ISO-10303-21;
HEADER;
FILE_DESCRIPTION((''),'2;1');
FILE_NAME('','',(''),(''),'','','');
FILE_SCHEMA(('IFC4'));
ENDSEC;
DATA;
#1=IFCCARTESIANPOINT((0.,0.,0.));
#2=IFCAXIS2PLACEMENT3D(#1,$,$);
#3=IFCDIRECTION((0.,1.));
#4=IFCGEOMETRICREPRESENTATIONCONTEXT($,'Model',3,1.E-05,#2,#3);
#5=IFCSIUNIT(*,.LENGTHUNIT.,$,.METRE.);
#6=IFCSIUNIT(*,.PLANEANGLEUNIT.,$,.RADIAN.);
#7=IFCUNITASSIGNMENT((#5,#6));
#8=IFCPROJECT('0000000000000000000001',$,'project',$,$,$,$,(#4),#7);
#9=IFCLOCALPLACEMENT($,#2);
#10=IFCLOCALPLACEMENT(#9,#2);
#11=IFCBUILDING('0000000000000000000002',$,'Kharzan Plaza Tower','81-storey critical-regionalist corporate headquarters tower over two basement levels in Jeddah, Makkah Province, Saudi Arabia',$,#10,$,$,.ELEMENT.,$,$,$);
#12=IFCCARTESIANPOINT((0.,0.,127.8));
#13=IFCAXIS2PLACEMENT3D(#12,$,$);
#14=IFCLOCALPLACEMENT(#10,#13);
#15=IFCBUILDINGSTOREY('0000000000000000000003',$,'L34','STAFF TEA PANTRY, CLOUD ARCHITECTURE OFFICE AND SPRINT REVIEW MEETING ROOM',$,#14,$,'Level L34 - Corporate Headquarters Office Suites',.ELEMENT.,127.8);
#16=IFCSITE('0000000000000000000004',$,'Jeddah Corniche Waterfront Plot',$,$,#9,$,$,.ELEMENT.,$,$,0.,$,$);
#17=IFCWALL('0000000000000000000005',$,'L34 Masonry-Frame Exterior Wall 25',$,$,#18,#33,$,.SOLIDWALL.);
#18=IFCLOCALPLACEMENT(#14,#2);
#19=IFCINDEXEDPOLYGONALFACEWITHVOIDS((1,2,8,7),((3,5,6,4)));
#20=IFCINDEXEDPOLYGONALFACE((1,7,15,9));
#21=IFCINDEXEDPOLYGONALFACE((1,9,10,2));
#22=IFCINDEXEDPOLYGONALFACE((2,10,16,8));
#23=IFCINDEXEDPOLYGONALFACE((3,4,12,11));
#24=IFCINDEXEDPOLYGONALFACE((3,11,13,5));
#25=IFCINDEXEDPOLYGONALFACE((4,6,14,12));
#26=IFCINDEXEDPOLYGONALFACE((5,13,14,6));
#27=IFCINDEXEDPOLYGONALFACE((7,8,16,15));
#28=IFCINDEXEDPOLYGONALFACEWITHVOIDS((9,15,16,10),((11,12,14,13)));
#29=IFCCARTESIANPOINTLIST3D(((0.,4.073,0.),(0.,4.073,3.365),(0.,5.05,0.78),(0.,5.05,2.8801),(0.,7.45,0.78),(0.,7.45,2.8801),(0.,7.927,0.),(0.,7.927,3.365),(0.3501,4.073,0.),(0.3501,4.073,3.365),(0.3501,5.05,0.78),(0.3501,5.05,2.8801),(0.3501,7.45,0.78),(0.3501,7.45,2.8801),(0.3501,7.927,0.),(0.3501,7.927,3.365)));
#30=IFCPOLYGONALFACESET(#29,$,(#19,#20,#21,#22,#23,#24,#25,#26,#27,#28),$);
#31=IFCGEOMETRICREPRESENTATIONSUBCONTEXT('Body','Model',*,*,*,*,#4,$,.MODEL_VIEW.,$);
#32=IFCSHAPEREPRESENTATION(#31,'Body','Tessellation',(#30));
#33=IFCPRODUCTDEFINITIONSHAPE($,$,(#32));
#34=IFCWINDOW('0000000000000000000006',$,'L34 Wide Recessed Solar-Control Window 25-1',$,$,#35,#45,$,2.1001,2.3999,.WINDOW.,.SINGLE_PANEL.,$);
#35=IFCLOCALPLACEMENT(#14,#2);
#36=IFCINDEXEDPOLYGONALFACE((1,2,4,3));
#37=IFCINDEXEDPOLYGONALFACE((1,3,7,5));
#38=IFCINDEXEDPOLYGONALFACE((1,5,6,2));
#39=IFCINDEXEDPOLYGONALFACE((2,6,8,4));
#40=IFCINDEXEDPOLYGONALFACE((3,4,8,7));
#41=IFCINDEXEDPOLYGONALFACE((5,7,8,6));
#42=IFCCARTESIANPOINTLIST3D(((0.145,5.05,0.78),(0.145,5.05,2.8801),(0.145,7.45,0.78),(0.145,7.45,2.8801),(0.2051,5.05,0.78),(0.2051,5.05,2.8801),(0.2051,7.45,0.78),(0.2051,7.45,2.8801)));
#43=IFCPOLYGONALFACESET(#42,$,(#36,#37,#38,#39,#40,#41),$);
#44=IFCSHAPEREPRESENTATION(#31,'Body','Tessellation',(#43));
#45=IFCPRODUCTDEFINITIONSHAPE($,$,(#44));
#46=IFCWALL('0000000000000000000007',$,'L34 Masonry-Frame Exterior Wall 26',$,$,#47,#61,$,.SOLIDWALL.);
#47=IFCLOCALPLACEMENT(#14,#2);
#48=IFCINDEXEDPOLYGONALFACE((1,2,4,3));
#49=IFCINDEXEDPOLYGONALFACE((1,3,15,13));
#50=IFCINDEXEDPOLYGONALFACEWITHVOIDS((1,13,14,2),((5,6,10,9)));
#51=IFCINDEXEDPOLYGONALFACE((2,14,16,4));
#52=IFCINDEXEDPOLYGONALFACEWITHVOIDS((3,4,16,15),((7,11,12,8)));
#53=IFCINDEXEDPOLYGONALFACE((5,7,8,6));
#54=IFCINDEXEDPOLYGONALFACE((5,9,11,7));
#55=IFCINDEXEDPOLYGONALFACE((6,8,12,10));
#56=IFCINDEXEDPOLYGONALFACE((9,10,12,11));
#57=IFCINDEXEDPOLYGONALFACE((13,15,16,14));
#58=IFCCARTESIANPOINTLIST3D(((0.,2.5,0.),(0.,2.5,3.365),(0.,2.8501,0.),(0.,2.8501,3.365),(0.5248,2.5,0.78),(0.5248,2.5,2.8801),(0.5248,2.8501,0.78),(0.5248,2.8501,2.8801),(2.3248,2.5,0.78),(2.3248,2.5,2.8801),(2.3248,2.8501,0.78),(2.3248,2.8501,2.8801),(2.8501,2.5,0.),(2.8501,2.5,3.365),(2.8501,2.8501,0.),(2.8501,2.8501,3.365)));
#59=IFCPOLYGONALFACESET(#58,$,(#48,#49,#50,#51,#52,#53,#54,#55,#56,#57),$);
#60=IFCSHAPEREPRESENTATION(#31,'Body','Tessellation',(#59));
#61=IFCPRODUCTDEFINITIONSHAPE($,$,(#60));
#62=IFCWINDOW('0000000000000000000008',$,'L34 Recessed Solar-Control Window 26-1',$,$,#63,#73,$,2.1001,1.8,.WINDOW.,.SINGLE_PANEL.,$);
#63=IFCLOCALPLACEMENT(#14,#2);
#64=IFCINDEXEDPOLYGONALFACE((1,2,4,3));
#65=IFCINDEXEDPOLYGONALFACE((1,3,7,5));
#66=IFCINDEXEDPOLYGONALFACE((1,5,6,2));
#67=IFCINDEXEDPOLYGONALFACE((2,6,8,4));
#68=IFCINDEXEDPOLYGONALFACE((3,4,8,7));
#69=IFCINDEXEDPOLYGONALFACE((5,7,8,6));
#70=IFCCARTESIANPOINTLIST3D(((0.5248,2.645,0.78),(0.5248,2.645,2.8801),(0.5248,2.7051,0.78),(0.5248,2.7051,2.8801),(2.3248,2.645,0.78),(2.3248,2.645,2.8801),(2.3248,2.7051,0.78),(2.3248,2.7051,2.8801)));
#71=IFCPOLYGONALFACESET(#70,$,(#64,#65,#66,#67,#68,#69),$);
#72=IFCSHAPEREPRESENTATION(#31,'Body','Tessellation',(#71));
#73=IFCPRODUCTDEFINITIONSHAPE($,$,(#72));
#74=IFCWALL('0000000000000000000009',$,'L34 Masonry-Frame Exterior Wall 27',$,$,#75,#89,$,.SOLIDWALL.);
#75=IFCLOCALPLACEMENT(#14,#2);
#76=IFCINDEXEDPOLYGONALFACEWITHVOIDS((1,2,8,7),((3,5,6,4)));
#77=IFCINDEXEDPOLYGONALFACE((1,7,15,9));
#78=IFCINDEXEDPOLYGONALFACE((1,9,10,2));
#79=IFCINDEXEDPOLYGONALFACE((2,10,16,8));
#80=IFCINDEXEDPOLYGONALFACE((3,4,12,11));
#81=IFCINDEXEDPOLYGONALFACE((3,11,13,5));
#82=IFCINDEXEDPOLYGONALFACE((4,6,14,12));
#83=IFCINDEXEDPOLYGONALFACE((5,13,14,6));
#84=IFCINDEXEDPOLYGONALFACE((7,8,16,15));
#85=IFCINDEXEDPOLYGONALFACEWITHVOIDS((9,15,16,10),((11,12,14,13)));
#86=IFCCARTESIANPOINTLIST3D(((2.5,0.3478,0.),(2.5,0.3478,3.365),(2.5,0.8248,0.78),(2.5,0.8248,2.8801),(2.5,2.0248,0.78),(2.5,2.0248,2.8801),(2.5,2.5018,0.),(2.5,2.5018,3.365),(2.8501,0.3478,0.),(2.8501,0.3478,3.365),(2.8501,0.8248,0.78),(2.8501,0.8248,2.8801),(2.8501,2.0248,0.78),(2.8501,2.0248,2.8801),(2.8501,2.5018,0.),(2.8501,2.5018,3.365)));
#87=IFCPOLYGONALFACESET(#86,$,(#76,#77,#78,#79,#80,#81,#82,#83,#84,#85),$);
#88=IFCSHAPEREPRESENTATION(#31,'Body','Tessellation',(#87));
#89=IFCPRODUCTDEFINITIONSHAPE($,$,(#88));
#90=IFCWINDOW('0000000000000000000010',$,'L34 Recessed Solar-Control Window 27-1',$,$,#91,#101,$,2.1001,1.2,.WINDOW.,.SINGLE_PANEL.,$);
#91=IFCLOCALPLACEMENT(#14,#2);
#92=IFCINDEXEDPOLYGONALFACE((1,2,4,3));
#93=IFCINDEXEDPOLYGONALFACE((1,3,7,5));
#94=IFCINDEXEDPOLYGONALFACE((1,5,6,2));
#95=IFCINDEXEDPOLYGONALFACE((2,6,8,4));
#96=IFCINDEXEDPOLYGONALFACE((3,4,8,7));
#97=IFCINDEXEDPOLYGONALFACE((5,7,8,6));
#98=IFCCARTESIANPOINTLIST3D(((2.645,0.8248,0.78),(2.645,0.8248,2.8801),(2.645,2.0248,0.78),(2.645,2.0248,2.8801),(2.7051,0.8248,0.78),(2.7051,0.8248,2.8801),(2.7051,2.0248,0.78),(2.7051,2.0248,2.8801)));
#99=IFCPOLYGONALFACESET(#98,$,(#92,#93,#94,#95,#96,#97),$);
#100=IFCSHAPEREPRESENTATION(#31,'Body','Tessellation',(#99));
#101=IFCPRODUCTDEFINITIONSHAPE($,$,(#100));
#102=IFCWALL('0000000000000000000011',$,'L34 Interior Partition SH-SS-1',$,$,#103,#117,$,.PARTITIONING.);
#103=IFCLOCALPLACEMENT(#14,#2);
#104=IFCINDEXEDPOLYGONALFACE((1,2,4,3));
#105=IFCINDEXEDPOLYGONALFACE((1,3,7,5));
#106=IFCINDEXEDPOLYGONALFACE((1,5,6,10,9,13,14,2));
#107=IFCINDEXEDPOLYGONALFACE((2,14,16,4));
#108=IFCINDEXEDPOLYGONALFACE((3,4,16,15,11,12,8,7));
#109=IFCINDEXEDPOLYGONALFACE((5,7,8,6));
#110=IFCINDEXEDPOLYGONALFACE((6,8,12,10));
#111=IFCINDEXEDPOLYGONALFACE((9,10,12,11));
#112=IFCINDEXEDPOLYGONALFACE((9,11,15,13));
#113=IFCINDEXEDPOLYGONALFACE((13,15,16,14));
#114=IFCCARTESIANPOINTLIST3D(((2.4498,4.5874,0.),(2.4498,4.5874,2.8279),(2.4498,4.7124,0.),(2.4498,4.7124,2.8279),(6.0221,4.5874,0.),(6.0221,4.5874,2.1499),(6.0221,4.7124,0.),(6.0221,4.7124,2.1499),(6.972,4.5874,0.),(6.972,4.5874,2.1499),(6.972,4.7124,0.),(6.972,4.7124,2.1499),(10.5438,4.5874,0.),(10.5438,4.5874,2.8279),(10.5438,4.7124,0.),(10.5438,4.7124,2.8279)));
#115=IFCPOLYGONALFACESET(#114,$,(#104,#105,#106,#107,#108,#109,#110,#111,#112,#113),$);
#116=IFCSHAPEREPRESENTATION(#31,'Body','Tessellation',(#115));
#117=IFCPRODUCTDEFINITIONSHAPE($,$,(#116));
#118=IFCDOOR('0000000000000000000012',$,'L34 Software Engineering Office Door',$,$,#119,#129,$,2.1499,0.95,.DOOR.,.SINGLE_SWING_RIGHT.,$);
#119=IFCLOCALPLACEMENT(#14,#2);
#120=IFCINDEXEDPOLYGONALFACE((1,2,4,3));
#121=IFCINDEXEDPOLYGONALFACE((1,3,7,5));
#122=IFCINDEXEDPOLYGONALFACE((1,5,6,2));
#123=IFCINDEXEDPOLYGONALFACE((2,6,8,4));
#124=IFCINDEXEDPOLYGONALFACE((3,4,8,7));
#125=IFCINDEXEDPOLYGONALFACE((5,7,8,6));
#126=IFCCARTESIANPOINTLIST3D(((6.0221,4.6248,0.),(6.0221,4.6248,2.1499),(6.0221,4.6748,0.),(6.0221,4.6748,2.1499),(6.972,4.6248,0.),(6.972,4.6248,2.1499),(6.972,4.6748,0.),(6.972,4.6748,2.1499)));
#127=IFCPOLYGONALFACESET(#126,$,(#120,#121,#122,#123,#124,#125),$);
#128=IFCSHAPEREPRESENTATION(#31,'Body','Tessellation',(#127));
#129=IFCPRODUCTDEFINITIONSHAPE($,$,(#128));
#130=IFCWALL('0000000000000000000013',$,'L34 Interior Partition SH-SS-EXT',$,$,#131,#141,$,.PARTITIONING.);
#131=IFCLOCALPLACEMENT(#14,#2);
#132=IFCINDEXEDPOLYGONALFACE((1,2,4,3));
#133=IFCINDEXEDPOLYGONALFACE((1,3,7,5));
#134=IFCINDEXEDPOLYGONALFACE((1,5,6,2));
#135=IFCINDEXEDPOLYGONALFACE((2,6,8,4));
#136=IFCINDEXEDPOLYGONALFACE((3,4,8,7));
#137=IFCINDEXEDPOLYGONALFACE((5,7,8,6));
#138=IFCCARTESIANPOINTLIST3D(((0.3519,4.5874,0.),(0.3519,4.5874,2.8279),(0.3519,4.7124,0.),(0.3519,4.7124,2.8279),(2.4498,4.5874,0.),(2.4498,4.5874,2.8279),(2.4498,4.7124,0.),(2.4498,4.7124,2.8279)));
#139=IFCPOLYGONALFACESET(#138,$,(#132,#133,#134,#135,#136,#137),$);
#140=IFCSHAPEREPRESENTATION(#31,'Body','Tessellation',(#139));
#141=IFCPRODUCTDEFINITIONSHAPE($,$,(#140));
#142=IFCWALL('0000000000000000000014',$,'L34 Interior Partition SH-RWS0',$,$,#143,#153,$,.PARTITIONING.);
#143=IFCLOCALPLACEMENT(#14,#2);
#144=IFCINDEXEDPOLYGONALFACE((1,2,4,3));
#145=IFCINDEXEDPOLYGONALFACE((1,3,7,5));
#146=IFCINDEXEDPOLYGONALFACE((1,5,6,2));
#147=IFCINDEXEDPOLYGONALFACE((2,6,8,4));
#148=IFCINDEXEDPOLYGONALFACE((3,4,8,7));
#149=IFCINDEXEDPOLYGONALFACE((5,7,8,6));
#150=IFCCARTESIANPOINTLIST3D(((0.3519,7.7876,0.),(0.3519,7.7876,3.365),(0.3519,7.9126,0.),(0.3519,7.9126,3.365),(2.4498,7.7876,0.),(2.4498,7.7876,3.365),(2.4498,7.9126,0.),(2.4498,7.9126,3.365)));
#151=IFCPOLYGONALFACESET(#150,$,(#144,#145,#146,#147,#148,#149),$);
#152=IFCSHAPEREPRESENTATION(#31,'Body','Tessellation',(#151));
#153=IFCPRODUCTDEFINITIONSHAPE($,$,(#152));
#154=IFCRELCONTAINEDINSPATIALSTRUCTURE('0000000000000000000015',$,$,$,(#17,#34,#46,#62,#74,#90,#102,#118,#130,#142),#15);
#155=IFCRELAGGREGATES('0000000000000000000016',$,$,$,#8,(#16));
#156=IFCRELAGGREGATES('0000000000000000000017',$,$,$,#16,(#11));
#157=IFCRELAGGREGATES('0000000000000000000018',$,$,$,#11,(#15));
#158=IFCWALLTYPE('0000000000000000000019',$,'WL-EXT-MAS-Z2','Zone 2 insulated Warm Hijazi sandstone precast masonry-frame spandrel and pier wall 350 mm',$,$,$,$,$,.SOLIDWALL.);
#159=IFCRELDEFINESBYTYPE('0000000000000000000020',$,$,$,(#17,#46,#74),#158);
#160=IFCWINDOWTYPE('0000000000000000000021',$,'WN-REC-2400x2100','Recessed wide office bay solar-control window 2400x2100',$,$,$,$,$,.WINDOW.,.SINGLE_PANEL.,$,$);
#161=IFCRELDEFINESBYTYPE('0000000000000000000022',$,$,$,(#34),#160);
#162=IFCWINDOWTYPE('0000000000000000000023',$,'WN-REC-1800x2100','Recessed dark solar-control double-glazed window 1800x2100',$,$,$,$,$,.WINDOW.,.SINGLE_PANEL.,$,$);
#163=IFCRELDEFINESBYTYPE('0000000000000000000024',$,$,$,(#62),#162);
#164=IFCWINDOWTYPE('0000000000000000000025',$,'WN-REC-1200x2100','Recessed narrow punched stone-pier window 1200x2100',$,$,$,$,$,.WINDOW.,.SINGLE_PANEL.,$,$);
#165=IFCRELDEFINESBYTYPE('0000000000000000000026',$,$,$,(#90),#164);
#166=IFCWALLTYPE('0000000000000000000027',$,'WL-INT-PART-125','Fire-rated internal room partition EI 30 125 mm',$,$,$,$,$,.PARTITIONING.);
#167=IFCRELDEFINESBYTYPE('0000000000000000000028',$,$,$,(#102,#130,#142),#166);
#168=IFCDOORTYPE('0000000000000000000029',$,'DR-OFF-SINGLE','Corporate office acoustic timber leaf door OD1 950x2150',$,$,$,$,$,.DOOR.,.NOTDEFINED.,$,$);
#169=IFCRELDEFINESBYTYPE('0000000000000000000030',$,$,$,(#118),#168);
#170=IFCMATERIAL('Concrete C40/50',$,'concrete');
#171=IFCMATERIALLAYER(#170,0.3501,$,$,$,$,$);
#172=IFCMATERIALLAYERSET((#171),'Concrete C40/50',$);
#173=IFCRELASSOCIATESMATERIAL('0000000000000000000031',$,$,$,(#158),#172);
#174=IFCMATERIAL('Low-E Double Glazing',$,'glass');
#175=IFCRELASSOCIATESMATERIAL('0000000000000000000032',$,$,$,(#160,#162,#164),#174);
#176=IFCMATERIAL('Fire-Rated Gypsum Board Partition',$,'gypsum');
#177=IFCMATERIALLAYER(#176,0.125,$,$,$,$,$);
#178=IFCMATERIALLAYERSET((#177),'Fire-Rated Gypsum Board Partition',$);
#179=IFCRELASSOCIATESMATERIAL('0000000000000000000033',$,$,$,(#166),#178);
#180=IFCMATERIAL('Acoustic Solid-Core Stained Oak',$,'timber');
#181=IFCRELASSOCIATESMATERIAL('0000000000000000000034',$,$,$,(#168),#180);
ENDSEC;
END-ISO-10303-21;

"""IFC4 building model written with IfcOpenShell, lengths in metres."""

from ifc_helpers import new_model, si_unit, direction, frame, frame_2d, origin, place, context, subcontext, project, spatial, rectangle, extrude, source, transform, mapped, material, layer, layer_set, type_object, element, fill, save


model = new_model("IFC4")

# Units and contexts
model_context = context("Model", 3, precision=1e-05, world=origin(), true_north=direction((0.0, 1.0)))
body_context = subcontext(model_context, "Body", "Model", "MODEL_VIEW")
ifc_project = project(units=[si_unit("LENGTHUNIT", "METRE"), si_unit("PLANEANGLEUNIT", "RADIAN")], contexts=[model_context])

# Site, building, storey
site_placement = place(None, origin())
site = spatial("IfcSite", under=ifc_project, at=site_placement, Name="Jeddah Corniche Waterfront Plot", CompositionType="ELEMENT", RefElevation=0.0)
building_placement = place(site_placement, origin())
building = spatial("IfcBuilding", under=site, at=building_placement, Name="Kharzan Plaza Tower", Description="81-storey critical-regionalist corporate headquarters tower over two basement levels in Jeddah, Makkah Province, Saudi Arabia", CompositionType="ELEMENT")
storey_placement = place(building_placement, frame((0.0, 0.0, 127.8)))
storey = spatial("IfcBuildingStorey", under=building, at=storey_placement, Name="L34", Description="STAFF TEA PANTRY, CLOUD ARCHITECTURE OFFICE AND SPRINT REVIEW MEETING ROOM", LongName="Level L34 - Corporate Headquarters Office Suites", CompositionType="ELEMENT", Elevation=127.8)

# Shared definitions
ifc_material_1 = material(Name="Concrete C40/50", Category="concrete")

# Walls, openings, windows
ifc_layer_1 = layer(ifc_material_1, 0.3501)
ifc_layer_set_1 = layer_set([ifc_layer_1], Name="Concrete C40/50")
wall_type_1 = type_object("IfcWallType", Name="WL-EXT-MAS-Z2", Description="Zone 2 insulated Warm Hijazi sandstone precast masonry-frame spandrel and pier wall 350 mm", PredefinedType="SOLIDWALL", material=ifc_layer_set_1)
wall_1_placement = place(storey_placement, frame((0.175, 7.927, 0.0), z_axis=(0.0, 0.0, 1.0), x_axis=(0.0, -1.0, 0.0)))
wall_1 = element("IfcWall", 1, at=wall_1_placement, inside=storey, type_object=wall_type_1, Name="L34 Masonry-Frame Exterior Wall 25", PredefinedType="SOLIDWALL", context=body_context, shape_type="SweptSolid", body=[
    extrude(rectangle(XDim=3.854, YDim=0.3501, at=frame_2d((1.927, 0.0))), origin(), (0.0, 0.0, 1.0), 3.365),
])
opening_1_placement = place(wall_1_placement, frame((0.4771, 0.0, 0.78)))
opening_1 = element("IfcOpeningElement", 2, at=opening_1_placement, cuts=wall_1, PredefinedType="OPENING", context=body_context, shape_type="SweptSolid", body=[
    extrude(rectangle(XDim=2.3999, YDim=2.1001, at=frame_2d((1.2, 1.05))), frame((0.0, 0.1851, 0.0), z_axis=(0.0, -1.0, 0.0), x_axis=(1.0, 0.0, 0.0)), (0.0, 0.0, 1.0), 0.3701),
])
ifc_material_2 = material(Name="Low-E Double Glazing", Category="glass")
window_type_1 = type_object("IfcWindowType", Name="WN-REC-2400x2100", Description="Recessed wide office bay solar-control window 2400x2100", PartitioningType="SINGLE_PANEL", PredefinedType="WINDOW", material=ifc_material_2)
shared_shape_1 = source(origin(), body_context, "Body", "SweptSolid", [
    extrude(rectangle(XDim=2.3999, YDim=2.1001, at=frame_2d((1.2, 1.05))), frame((0.0, 0.03, 0.0), z_axis=(0.0, -1.0, 0.0), x_axis=(1.0, 0.0, 0.0)), (0.0, 0.0, 1.0), 0.0601),
])
window_1_placement = place(opening_1_placement, origin())
window_1 = element("IfcWindow", 3, at=window_1_placement, inside=storey, type_object=window_type_1, Name="L34 Wide Recessed Solar-Control Window 25-1", OverallHeight=2.1001, OverallWidth=2.3999, PartitioningType="SINGLE_PANEL", PredefinedType="WINDOW", context=body_context, shape_type="MappedRepresentation", body=[
    mapped(shared_shape_1, transform((0.0, 0.0, 0.0), x_axis=(1.0, 0.0, 0.0), y_axis=(0.0, 1.0, 0.0), z_axis=(0.0, 0.0, 1.0))),
])
fill(opening_1, window_1)
wall_2_placement = place(storey_placement, frame((0.0, 2.675, 0.0), z_axis=(0.0, 0.0, 1.0), x_axis=(1.0, 0.0, 0.0)))
wall_2 = element("IfcWall", 4, at=wall_2_placement, inside=storey, type_object=wall_type_1, Name="L34 Masonry-Frame Exterior Wall 26", PredefinedType="SOLIDWALL", context=body_context, shape_type="SweptSolid", body=[
    extrude(rectangle(XDim=2.8501, YDim=0.3501, at=frame_2d((1.425, 0.0))), origin(), (0.0, 0.0, 1.0), 3.365),
])
opening_2_placement = place(wall_2_placement, frame((0.5249, 0.0, 0.78)))
opening_2 = element("IfcOpeningElement", 5, at=opening_2_placement, cuts=wall_2, PredefinedType="OPENING", context=body_context, shape_type="SweptSolid", body=[
    extrude(rectangle(XDim=1.8, YDim=2.1001, at=frame_2d((0.8999, 1.05))), frame((0.0, 0.1851, 0.0), z_axis=(0.0, -1.0, 0.0), x_axis=(1.0, 0.0, 0.0)), (0.0, 0.0, 1.0), 0.3701),
])
window_type_2 = type_object("IfcWindowType", Name="WN-REC-1800x2100", Description="Recessed dark solar-control double-glazed window 1800x2100", PartitioningType="SINGLE_PANEL", PredefinedType="WINDOW", material=ifc_material_2)
shared_shape_2 = source(origin(), body_context, "Body", "SweptSolid", [
    extrude(rectangle(XDim=1.8, YDim=2.1001, at=frame_2d((0.8999, 1.05))), frame((0.0, 0.03, 0.0), z_axis=(0.0, -1.0, 0.0), x_axis=(1.0, 0.0, 0.0)), (0.0, 0.0, 1.0), 0.0601),
])
window_2_placement = place(opening_2_placement, origin())
window_2 = element("IfcWindow", 6, at=window_2_placement, inside=storey, type_object=window_type_2, Name="L34 Recessed Solar-Control Window 26-1", OverallHeight=2.1001, OverallWidth=1.8, PartitioningType="SINGLE_PANEL", PredefinedType="WINDOW", context=body_context, shape_type="MappedRepresentation", body=[
    mapped(shared_shape_2, transform((0.0, 0.0, 0.0), x_axis=(1.0, 0.0, 0.0), y_axis=(0.0, 1.0, 0.0), z_axis=(0.0, 0.0, 1.0))),
])
fill(opening_2, window_2)
wall_3_placement = place(storey_placement, frame((2.675, 2.502, 0.0), z_axis=(0.0, 0.0, 1.0), x_axis=(0.0, -1.0, 0.0)))
wall_3 = element("IfcWall", 7, at=wall_3_placement, inside=storey, type_object=wall_type_1, Name="L34 Masonry-Frame Exterior Wall 27", PredefinedType="SOLIDWALL", context=body_context, shape_type="SweptSolid", body=[
    extrude(rectangle(XDim=2.1541, YDim=0.3501, at=frame_2d((1.0771, 0.0))), origin(), (0.0, 0.0, 1.0), 3.365),
])
opening_3_placement = place(wall_3_placement, frame((0.4771, 0.0, 0.78)))
opening_3 = element("IfcOpeningElement", 8, at=opening_3_placement, cuts=wall_3, PredefinedType="OPENING", context=body_context, shape_type="SweptSolid", body=[
    extrude(rectangle(XDim=1.2, YDim=2.1001, at=frame_2d((0.6001, 1.05))), frame((0.0, 0.1851, 0.0), z_axis=(0.0, -1.0, 0.0), x_axis=(1.0, 0.0, 0.0)), (0.0, 0.0, 1.0), 0.3701),
])
window_type_3 = type_object("IfcWindowType", Name="WN-REC-1200x2100", Description="Recessed narrow punched stone-pier window 1200x2100", PartitioningType="SINGLE_PANEL", PredefinedType="WINDOW", material=ifc_material_2)
shared_shape_3 = source(origin(), body_context, "Body", "SweptSolid", [
    extrude(rectangle(XDim=1.2, YDim=2.1001, at=frame_2d((0.6001, 1.05))), frame((0.0, 0.03, 0.0), z_axis=(0.0, -1.0, 0.0), x_axis=(1.0, 0.0, 0.0)), (0.0, 0.0, 1.0), 0.0601),
])
window_3_placement = place(opening_3_placement, origin())
window_3 = element("IfcWindow", 9, at=window_3_placement, inside=storey, type_object=window_type_3, Name="L34 Recessed Solar-Control Window 27-1", OverallHeight=2.1001, OverallWidth=1.2, PartitioningType="SINGLE_PANEL", PredefinedType="WINDOW", context=body_context, shape_type="MappedRepresentation", body=[
    mapped(shared_shape_3, transform((0.0, 0.0, 0.0), x_axis=(1.0, 0.0, 0.0), y_axis=(0.0, 1.0, 0.0), z_axis=(0.0, 0.0, 1.0))),
])
fill(opening_3, window_3)

# Wall, opening, door
ifc_material_3 = material(Name="Fire-Rated Gypsum Board Partition", Category="gypsum")
ifc_layer_2 = layer(ifc_material_3, 0.125)
ifc_layer_set_2 = layer_set([ifc_layer_2], Name="Fire-Rated Gypsum Board Partition")
wall_type_2 = type_object("IfcWallType", Name="WL-INT-PART-125", Description="Fire-rated internal room partition EI 30 125 mm", PredefinedType="PARTITIONING", material=ifc_layer_set_2)
ifc_material_4 = material(Name="Acoustic Solid-Core Stained Oak", Category="timber")
door_type = type_object("IfcDoorType", Name="DR-OFF-SINGLE", Description="Corporate office acoustic timber leaf door OD1 950x2150", OperationType="NOTDEFINED", PredefinedType="DOOR", material=ifc_material_4)
shared_shape_4 = source(origin(), body_context, "Body", "SweptSolid", [
    extrude(rectangle(XDim=0.95, YDim=2.1499, at=frame_2d((0.4751, 1.075))), frame((0.0, 0.0249, 0.0), z_axis=(0.0, -1.0, 0.0), x_axis=(1.0, 0.0, 0.0)), (0.0, 0.0, 1.0), 0.05),
])
wall_4_placement = place(storey_placement, frame((2.45, 4.6499, 0.0), z_axis=(0.0, 0.0, 1.0), x_axis=(1.0, 0.0, 0.0)))
wall_4 = element("IfcWall", 10, at=wall_4_placement, inside=storey, type_object=wall_type_2, Name="L34 Interior Partition SH-SS-1", PredefinedType="PARTITIONING", context=body_context, shape_type="SweptSolid", body=[
    extrude(rectangle(XDim=8.094, YDim=0.125, at=frame_2d((4.0469, 0.0))), origin(), (0.0, 0.0, 1.0), 2.8279),
])
opening_4_placement = place(wall_4_placement, frame((3.572, 0.0, 0.0)))
opening_4 = element("IfcOpeningElement", 11, at=opening_4_placement, cuts=wall_4, PredefinedType="OPENING", context=body_context, shape_type="SweptSolid", body=[
    extrude(rectangle(XDim=0.95, YDim=2.1499, at=frame_2d((0.4751, 1.075))), frame((0.0, 0.0725, 0.0), z_axis=(0.0, -1.0, 0.0), x_axis=(1.0, 0.0, 0.0)), (0.0, 0.0, 1.0), 0.145),
])
door_1_placement = place(opening_4_placement, origin())
door_1 = element("IfcDoor", 12, at=door_1_placement, inside=storey, type_object=door_type, Name="L34 Software Engineering Office Door", OperationType="SINGLE_SWING_RIGHT", OverallHeight=2.1499, OverallWidth=0.95, PredefinedType="DOOR", context=body_context, shape_type="MappedRepresentation", body=[
    mapped(shared_shape_4, transform((0.0, 0.0, 0.0), x_axis=(1.0, 0.0, 0.0), y_axis=(0.0, 1.0, 0.0), z_axis=(0.0, 0.0, 1.0))),
])
fill(opening_4, door_1)

# Walls
shared_shape_5 = source(origin(), body_context, "Body", "SweptSolid", [
    extrude(rectangle(XDim=2.0979, YDim=0.125, at=frame_2d((1.0488, 0.0))), origin(), (0.0, 0.0, 1.0), 2.8279),
])
wall_5_placement = place(storey_placement, frame((0.3521, 4.6499, 0.0), z_axis=(0.0, 0.0, 1.0), x_axis=(1.0, 0.0, 0.0)))
element("IfcWall", 13, at=wall_5_placement, inside=storey, type_object=wall_type_2, Name="L34 Interior Partition SH-SS-EXT", PredefinedType="PARTITIONING", context=body_context, shape_type="MappedRepresentation", body=[
    mapped(shared_shape_5, transform((0.0, 0.0, 0.0), x_axis=(1.0, 0.0, 0.0), y_axis=(0.0, 1.0, 0.0), z_axis=(0.0, 0.0, 1.0))),
])
shared_shape_6 = source(origin(), body_context, "Body", "SweptSolid", [
    extrude(rectangle(XDim=2.0979, YDim=0.125, at=frame_2d((1.0488, 0.0))), origin(), (0.0, 0.0, 1.0), 3.365),
])
wall_6_placement = place(storey_placement, frame((0.3521, 7.8501, 0.0), z_axis=(0.0, 0.0, 1.0), x_axis=(1.0, 0.0, 0.0)))
element("IfcWall", 14, at=wall_6_placement, inside=storey, type_object=wall_type_2, Name="L34 Interior Partition SH-RWS0", PredefinedType="PARTITIONING", context=body_context, shape_type="MappedRepresentation", body=[
    mapped(shared_shape_6, transform((0.0, 0.0, 0.0), x_axis=(1.0, 0.0, 0.0), y_axis=(0.0, 1.0, 0.0), z_axis=(0.0, 0.0, 1.0))),
])

save(model, "model.ifc")
